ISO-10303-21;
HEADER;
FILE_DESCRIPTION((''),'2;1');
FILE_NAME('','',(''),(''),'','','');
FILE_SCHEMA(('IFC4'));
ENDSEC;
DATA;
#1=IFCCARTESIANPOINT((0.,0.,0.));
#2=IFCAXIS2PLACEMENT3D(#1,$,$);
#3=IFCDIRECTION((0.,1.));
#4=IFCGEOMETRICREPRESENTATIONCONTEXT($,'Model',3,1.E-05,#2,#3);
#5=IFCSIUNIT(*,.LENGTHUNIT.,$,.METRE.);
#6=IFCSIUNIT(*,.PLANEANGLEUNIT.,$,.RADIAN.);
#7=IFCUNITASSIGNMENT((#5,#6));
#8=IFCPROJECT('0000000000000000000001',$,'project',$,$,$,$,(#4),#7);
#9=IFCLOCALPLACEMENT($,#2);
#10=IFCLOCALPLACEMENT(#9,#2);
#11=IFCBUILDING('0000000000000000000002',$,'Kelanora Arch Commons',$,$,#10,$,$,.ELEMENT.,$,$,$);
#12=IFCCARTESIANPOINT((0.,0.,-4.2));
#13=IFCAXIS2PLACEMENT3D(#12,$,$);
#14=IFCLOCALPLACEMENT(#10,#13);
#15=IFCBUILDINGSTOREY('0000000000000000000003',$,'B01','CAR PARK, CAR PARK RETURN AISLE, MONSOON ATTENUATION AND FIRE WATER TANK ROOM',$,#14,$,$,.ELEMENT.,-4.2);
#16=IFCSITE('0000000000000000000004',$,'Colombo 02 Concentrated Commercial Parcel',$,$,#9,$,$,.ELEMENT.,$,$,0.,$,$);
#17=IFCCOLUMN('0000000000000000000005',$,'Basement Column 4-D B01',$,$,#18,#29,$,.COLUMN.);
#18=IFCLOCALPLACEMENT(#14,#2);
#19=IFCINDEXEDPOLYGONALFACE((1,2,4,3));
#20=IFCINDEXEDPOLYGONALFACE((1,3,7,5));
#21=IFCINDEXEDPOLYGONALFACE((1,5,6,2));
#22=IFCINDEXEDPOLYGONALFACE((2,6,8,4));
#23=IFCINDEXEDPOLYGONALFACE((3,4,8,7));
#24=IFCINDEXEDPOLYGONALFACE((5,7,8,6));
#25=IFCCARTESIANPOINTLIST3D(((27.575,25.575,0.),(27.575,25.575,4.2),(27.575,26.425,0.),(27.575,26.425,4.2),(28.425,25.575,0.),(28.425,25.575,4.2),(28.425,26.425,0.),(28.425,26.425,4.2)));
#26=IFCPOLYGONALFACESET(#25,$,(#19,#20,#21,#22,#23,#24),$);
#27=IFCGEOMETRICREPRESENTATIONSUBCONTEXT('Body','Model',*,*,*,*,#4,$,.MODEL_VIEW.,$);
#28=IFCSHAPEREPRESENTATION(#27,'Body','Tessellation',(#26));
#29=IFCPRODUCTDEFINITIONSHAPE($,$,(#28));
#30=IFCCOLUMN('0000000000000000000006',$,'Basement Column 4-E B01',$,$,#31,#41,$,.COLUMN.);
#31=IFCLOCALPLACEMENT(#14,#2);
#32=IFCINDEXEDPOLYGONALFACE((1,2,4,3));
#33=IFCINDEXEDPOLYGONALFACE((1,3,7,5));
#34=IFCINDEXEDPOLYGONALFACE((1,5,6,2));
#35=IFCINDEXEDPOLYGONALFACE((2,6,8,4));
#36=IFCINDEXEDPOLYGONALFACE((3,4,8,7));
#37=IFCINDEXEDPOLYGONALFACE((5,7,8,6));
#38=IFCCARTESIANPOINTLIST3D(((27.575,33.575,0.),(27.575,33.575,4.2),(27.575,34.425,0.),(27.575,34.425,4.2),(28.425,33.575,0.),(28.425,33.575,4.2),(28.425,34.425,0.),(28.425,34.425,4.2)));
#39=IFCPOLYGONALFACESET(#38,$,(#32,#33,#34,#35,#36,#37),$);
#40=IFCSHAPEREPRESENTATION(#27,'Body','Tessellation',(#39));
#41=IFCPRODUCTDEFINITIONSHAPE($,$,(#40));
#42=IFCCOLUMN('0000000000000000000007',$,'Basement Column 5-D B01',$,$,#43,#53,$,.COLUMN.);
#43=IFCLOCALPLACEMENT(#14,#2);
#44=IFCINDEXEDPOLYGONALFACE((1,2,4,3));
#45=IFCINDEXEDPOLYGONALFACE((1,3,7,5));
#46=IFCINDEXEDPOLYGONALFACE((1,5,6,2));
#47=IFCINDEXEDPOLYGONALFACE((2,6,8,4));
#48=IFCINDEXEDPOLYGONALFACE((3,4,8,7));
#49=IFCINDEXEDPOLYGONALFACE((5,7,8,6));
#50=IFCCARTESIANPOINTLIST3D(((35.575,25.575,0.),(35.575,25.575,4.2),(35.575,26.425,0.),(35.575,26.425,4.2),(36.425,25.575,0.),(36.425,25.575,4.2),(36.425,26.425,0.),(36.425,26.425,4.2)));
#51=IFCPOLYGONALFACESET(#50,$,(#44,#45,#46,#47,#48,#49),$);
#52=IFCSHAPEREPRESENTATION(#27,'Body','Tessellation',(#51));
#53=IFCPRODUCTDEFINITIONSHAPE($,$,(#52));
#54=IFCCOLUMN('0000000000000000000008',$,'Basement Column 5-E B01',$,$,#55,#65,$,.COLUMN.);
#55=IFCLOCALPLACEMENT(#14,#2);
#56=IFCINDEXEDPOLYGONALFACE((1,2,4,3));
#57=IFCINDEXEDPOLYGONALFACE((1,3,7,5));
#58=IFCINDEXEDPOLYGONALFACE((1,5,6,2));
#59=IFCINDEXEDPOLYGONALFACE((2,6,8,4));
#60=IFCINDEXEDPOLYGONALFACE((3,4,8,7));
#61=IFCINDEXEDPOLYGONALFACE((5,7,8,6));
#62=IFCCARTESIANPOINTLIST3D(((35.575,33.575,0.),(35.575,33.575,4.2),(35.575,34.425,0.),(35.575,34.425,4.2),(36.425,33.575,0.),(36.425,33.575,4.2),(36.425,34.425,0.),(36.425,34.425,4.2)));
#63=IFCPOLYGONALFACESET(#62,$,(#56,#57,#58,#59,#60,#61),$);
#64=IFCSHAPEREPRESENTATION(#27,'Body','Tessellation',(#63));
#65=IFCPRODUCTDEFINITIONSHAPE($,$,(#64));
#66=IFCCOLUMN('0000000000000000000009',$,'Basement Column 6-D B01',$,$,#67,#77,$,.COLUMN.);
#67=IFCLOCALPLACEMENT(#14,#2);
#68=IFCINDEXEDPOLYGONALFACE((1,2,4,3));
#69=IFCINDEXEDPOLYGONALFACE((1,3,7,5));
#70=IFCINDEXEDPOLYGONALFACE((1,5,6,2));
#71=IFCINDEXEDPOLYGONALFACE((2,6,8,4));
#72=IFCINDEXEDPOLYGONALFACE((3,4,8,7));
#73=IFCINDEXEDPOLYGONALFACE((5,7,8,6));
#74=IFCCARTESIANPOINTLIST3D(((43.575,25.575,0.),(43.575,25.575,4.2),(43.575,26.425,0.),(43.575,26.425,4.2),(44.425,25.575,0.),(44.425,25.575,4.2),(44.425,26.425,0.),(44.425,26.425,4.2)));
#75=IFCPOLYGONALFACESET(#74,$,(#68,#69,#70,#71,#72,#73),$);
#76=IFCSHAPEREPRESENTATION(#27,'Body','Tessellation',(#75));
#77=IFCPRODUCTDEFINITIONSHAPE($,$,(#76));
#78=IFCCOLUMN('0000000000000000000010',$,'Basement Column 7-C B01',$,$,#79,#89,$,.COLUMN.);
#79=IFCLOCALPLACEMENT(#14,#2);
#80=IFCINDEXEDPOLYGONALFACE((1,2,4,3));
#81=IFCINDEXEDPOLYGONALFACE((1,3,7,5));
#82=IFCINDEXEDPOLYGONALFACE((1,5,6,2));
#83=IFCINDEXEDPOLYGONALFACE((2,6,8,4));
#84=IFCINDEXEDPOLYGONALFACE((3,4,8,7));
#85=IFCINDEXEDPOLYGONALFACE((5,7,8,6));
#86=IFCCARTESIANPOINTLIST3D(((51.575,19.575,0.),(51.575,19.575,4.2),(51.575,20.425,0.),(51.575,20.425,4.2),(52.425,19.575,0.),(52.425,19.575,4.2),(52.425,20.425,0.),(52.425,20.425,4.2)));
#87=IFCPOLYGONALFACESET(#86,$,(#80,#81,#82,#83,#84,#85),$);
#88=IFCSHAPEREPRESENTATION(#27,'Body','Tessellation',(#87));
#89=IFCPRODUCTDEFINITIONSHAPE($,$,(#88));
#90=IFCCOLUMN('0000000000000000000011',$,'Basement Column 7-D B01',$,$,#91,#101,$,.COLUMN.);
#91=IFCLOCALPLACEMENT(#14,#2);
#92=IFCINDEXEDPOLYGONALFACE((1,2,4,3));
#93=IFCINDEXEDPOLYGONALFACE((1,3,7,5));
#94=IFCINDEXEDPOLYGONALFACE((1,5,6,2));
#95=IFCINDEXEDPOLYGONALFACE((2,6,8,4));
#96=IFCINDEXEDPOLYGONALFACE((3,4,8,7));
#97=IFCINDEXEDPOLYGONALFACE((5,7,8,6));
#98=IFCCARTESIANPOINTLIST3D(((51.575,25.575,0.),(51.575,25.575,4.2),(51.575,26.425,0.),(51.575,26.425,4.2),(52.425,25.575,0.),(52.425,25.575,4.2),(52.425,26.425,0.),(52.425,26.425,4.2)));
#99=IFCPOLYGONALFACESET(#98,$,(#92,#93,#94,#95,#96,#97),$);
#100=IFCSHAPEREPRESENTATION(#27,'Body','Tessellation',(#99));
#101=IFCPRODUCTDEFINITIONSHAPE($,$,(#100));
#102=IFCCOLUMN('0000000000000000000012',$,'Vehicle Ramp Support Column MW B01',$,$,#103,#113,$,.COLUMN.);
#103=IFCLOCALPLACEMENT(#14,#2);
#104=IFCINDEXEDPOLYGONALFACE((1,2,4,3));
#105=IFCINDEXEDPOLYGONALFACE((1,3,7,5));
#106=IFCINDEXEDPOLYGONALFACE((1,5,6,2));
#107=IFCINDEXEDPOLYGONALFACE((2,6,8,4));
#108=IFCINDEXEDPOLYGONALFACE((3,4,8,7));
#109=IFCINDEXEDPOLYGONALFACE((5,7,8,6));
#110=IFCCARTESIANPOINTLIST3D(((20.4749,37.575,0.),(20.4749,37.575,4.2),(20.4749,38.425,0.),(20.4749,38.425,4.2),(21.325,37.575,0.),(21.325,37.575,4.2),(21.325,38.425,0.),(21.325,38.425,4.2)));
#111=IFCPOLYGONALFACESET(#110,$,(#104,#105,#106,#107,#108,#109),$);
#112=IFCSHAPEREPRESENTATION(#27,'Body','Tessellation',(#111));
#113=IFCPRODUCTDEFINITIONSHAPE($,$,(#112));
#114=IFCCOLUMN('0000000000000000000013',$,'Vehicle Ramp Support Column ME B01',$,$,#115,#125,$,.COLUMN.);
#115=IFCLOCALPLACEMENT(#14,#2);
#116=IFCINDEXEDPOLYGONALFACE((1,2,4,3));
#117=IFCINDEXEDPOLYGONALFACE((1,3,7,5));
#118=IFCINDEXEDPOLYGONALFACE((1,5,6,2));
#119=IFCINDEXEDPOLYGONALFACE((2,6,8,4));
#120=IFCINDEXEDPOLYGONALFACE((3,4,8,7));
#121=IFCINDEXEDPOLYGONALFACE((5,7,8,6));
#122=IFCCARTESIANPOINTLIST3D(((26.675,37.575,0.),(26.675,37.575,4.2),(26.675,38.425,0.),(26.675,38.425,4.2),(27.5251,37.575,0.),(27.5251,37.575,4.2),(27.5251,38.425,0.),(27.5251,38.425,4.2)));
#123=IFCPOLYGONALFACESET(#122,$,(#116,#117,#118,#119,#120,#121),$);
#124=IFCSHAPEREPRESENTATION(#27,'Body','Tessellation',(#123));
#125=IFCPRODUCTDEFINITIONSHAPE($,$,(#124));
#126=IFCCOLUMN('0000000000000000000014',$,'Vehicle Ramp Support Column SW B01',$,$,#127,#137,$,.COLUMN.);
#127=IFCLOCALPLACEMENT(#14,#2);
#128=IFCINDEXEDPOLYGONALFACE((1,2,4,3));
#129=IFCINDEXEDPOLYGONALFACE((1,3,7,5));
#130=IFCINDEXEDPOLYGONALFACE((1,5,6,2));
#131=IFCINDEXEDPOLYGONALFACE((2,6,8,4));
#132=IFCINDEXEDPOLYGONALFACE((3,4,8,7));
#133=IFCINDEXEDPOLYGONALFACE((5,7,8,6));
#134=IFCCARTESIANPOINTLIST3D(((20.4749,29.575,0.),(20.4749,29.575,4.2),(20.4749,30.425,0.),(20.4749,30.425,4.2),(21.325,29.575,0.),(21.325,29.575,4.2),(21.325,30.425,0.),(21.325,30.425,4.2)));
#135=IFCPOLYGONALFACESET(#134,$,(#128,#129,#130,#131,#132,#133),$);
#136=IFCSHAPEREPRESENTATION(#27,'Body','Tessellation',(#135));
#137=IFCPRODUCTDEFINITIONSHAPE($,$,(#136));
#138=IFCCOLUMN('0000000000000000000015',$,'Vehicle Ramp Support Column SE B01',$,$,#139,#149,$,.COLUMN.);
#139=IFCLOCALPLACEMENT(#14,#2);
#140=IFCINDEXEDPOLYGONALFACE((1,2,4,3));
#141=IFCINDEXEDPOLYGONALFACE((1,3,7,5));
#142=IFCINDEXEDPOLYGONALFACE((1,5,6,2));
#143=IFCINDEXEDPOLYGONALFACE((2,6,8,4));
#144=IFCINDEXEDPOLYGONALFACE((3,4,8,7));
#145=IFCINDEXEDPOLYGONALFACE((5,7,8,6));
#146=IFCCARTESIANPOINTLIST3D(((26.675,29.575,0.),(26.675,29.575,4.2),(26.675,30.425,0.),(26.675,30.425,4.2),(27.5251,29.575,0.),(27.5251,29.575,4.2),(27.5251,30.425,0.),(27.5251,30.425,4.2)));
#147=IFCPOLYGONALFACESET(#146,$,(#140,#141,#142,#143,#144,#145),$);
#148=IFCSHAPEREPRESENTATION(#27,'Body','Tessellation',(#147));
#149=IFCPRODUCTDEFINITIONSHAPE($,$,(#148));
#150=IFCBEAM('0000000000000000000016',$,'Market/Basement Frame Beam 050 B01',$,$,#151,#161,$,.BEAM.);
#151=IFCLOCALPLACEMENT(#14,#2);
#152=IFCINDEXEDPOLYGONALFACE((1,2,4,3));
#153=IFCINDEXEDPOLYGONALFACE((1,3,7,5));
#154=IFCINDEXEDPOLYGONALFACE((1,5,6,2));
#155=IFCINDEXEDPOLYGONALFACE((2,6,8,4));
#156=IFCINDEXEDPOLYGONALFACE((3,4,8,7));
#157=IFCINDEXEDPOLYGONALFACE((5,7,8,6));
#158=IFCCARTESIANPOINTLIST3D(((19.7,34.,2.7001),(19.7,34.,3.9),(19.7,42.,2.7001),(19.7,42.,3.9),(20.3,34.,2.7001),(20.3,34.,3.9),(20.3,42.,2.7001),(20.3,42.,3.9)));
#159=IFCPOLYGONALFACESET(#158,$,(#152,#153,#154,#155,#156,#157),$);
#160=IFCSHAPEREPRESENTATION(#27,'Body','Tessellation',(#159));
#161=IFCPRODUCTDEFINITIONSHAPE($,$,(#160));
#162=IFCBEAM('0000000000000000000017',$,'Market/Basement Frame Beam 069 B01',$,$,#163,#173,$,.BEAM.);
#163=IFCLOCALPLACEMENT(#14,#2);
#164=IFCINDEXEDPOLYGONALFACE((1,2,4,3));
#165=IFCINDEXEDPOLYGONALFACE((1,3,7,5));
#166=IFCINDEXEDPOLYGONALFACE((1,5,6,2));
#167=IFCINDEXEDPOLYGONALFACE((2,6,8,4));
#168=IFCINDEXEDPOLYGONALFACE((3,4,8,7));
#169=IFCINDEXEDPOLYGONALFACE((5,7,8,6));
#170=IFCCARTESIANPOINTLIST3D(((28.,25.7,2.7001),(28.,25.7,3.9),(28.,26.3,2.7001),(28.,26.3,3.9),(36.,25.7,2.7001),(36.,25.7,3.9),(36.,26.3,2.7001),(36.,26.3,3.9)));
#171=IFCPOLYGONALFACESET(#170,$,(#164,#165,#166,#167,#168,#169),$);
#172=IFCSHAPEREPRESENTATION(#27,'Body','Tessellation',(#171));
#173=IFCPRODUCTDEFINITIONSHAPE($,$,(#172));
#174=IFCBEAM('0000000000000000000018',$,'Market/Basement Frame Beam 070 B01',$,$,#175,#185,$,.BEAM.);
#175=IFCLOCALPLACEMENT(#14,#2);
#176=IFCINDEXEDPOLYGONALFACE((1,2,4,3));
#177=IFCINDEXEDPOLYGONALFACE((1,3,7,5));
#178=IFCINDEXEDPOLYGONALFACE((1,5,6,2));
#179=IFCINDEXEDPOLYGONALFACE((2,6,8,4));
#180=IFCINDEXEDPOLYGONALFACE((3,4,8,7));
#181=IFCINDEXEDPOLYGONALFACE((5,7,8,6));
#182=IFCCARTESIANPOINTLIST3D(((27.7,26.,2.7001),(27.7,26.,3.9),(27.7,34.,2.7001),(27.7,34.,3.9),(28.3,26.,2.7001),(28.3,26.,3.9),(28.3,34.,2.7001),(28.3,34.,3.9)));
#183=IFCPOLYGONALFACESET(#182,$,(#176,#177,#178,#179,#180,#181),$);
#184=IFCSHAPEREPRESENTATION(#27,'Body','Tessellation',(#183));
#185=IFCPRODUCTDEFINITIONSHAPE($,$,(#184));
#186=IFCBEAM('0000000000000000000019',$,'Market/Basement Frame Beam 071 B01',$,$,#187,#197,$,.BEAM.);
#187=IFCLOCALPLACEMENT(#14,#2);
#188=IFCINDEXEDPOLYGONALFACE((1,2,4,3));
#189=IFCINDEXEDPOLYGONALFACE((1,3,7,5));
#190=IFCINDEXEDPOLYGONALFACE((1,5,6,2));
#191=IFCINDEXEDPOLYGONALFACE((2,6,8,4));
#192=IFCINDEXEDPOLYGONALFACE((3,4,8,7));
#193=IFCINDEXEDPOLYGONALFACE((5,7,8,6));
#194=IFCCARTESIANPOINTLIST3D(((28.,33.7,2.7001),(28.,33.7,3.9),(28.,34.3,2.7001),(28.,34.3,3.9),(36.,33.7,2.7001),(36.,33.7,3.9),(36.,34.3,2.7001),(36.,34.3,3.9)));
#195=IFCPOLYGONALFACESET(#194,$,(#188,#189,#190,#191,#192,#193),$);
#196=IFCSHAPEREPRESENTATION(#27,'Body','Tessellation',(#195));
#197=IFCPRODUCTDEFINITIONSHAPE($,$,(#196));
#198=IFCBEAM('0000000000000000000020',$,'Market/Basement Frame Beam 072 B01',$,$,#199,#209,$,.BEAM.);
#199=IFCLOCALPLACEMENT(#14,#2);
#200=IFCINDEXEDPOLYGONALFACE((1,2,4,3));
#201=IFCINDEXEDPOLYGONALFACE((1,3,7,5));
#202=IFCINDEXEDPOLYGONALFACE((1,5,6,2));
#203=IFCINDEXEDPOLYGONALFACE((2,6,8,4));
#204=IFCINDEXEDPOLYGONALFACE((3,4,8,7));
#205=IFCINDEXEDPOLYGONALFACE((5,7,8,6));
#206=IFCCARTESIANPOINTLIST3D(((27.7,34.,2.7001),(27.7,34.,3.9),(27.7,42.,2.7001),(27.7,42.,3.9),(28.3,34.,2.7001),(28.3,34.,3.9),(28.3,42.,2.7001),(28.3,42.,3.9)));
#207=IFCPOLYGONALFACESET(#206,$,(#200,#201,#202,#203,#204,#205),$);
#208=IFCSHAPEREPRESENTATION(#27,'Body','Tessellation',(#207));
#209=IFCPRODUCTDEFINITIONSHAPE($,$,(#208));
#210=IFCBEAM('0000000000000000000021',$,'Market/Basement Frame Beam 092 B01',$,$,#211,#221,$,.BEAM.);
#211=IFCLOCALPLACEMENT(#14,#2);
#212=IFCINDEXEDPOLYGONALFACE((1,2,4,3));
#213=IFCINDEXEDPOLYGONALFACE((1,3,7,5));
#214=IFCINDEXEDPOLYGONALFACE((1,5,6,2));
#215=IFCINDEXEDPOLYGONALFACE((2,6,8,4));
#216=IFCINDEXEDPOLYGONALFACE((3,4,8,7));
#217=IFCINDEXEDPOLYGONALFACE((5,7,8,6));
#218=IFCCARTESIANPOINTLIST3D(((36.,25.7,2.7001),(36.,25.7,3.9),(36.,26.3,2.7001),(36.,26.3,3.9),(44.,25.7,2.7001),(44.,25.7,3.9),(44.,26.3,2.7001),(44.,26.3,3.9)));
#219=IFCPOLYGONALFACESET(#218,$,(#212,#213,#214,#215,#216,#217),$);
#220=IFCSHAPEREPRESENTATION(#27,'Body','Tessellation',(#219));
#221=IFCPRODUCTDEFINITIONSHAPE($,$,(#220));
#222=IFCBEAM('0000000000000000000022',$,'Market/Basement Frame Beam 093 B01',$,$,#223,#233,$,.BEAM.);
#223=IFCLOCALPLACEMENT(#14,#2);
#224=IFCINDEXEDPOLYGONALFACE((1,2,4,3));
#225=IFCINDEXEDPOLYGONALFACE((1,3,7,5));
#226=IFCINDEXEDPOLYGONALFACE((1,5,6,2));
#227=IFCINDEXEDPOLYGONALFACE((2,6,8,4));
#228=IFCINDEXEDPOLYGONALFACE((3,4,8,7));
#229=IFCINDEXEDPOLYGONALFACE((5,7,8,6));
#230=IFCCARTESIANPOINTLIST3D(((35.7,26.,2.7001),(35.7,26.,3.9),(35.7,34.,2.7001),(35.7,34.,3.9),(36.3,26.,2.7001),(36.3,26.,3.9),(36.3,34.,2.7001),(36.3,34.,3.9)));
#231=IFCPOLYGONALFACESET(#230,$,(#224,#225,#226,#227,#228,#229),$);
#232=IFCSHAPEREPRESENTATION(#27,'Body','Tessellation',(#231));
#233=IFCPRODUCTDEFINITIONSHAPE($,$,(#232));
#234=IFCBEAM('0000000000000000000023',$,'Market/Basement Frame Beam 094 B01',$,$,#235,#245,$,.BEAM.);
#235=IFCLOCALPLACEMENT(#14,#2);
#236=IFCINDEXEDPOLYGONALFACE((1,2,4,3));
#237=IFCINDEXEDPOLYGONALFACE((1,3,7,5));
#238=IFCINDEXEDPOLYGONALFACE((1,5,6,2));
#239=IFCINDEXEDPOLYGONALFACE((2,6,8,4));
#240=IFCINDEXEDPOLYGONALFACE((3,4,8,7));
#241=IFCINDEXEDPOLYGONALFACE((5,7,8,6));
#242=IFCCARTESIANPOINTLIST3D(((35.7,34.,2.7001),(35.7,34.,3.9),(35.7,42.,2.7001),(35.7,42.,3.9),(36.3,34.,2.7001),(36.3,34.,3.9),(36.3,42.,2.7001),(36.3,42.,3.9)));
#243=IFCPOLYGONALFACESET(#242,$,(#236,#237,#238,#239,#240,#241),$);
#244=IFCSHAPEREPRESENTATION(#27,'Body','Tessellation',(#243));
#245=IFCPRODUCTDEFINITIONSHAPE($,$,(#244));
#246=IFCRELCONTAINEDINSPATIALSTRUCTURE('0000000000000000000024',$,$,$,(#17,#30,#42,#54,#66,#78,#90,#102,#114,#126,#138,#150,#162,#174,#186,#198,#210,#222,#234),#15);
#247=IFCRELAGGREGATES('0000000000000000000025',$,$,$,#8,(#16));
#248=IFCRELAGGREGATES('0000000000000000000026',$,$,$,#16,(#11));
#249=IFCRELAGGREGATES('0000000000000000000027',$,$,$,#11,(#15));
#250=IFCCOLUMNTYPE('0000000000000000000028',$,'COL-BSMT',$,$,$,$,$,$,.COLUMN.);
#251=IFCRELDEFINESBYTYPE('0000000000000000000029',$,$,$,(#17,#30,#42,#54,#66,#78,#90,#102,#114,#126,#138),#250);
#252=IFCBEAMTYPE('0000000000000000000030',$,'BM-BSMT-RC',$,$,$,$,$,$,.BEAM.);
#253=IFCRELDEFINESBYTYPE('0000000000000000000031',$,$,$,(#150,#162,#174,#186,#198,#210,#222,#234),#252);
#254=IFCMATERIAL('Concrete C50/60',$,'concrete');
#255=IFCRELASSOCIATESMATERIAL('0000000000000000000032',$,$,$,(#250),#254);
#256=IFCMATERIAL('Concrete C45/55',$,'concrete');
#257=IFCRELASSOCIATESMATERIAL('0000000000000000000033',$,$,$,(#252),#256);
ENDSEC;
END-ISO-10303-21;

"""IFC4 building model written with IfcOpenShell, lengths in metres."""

from ifc_helpers import new_model, si_unit, direction, frame, origin, origin_2d, place, context, subcontext, project, spatial, rectangle, extrude, material, material_profile, profile_set, type_object, element, save


model = new_model("IFC4")

# Units and contexts
model_context = context("Model", 3, precision=1e-05, world=origin(), true_north=direction((0.0, 1.0)))
body_context = subcontext(model_context, "Body", "Model", "MODEL_VIEW")
ifc_project = project(units=[si_unit("LENGTHUNIT", "METRE"), si_unit("PLANEANGLEUNIT", "RADIAN")], contexts=[model_context])

# Site, building, storey
site_placement = place(None, origin())
site = spatial("IfcSite", under=ifc_project, at=site_placement, Name="Colombo 02 Concentrated Commercial Parcel", CompositionType="ELEMENT", RefElevation=0.0)
building_placement = place(site_placement, origin())
building = spatial("IfcBuilding", under=site, at=building_placement, Name="Kelanora Arch Commons", CompositionType="ELEMENT")
storey_placement = place(building_placement, frame((0.0, 0.0, -4.2)))
storey = spatial("IfcBuildingStorey", under=building, at=storey_placement, Name="B01", Description="CAR PARK, CAR PARK RETURN AISLE, MONSOON ATTENUATION AND FIRE WATER TANK ROOM", CompositionType="ELEMENT", Elevation=-4.2)

# Columns
ifc_material_1 = material(Name="Concrete C50/60", Category="concrete")
ifc_material_profile_1 = material_profile(ifc_material_1, rectangle(XDim=0.8501, YDim=0.8501, at=origin_2d()), Name="RC850x850")
ifc_profile_set_1 = profile_set([ifc_material_profile_1], Name="Concrete C50/60")
column_type = type_object("IfcColumnType", Name="COL-BSMT", PredefinedType="COLUMN", material=ifc_profile_set_1)
for number, where, z_axis, x_axis, name in (
    (1, (28.0, 26.0, 0.0), (0.0, 0.0, 1.0), (1.0, 0.0, 0.0), "Basement Column 4-D B01"),
    (2, (28.0, 34.0, 0.0), (0.0, 0.0, 1.0), (1.0, 0.0, 0.0), "Basement Column 4-E B01"),
    (3, (36.0, 26.0, 0.0), (0.0, 0.0, 1.0), (1.0, 0.0, 0.0), "Basement Column 5-D B01"),
    (4, (36.0, 34.0, 0.0), (0.0, 0.0, 1.0), (1.0, 0.0, 0.0), "Basement Column 5-E B01"),
    (5, (44.0, 26.0, 0.0), (0.0, 0.0, 1.0), (1.0, 0.0, 0.0), "Basement Column 6-D B01"),
    (6, (52.0, 20.0, 0.0), (0.0, 0.0, 1.0), (1.0, 0.0, 0.0), "Basement Column 7-C B01"),
    (7, (52.0, 26.0, 0.0), (0.0, 0.0, 1.0), (1.0, 0.0, 0.0), "Basement Column 7-D B01"),
    (8, (20.8999, 38.0, 0.0), (0.0, 0.0, 1.0), (1.0, 0.0, 0.0), "Vehicle Ramp Support Column MW B01"),
    (9, (27.1001, 38.0, 0.0), (0.0, 0.0, 1.0), (1.0, 0.0, 0.0), "Vehicle Ramp Support Column ME B01"),
    (10, (20.8999, 30.0, 0.0), (0.0, 0.0, 1.0), (1.0, 0.0, 0.0), "Vehicle Ramp Support Column SW B01"),
    (11, (27.1001, 30.0, 0.0), (0.0, 0.0, 1.0), (1.0, 0.0, 0.0), "Vehicle Ramp Support Column SE B01"),
):
    element("IfcColumn", number, at=place(storey_placement, frame(where, z_axis=z_axis, x_axis=x_axis)), inside=storey, type_object=column_type, Name=name, PredefinedType="COLUMN", context=body_context, shape_type="SweptSolid", body=[
        extrude(rectangle(XDim=0.8501, YDim=0.8501, at=origin_2d()), origin(), (0.0, 0.0, 1.0), 4.2),
    ])

# Beams
ifc_material_2 = material(Name="Concrete C45/55", Category="concrete")
ifc_material_profile_2 = material_profile(ifc_material_2, rectangle(XDim=0.6001, YDim=1.2, at=origin_2d()), Name="RCB600x1200")
ifc_profile_set_2 = profile_set([ifc_material_profile_2], Name="Concrete C45/55")
beam_type_1 = type_object("IfcBeamType", Name="BM-BSMT-RC", PredefinedType="BEAM", material=ifc_profile_set_2)
for number, where, z_axis, x_axis, name in (
    (12, (20.0, 34.0, 3.3), (0.0, 1.0, 0.0), (-1.0, 0.0, 0.0), "Market/Basement Frame Beam 050 B01"),
    (13, (28.0, 26.0, 3.3), (1.0, 0.0, 0.0), (0.0, 1.0, 0.0), "Market/Basement Frame Beam 069 B01"),
    (14, (28.0, 26.0, 3.3), (0.0, 1.0, 0.0), (-1.0, 0.0, 0.0), "Market/Basement Frame Beam 070 B01"),
    (15, (28.0, 34.0, 3.3), (1.0, 0.0, 0.0), (0.0, 1.0, 0.0), "Market/Basement Frame Beam 071 B01"),
    (16, (28.0, 34.0, 3.3), (0.0, 1.0, 0.0), (-1.0, 0.0, 0.0), "Market/Basement Frame Beam 072 B01"),
    (17, (36.0, 26.0, 3.3), (1.0, 0.0, 0.0), (0.0, 1.0, 0.0), "Market/Basement Frame Beam 092 B01"),
    (18, (36.0, 26.0, 3.3), (0.0, 1.0, 0.0), (-1.0, 0.0, 0.0), "Market/Basement Frame Beam 093 B01"),
    (19, (36.0, 34.0, 3.3), (0.0, 1.0, 0.0), (-1.0, 0.0, 0.0), "Market/Basement Frame Beam 094 B01"),
):
    element("IfcBeam", number, at=place(storey_placement, frame(where, z_axis=z_axis, x_axis=x_axis)), inside=storey, type_object=beam_type_1, Name=name, PredefinedType="BEAM", context=body_context, shape_type="SweptSolid", body=[
        extrude(rectangle(XDim=0.6001, YDim=1.2, at=origin_2d()), origin(), (0.0, 0.0, 1.0), 8.0),
    ])

save(model, "model.ifc")
